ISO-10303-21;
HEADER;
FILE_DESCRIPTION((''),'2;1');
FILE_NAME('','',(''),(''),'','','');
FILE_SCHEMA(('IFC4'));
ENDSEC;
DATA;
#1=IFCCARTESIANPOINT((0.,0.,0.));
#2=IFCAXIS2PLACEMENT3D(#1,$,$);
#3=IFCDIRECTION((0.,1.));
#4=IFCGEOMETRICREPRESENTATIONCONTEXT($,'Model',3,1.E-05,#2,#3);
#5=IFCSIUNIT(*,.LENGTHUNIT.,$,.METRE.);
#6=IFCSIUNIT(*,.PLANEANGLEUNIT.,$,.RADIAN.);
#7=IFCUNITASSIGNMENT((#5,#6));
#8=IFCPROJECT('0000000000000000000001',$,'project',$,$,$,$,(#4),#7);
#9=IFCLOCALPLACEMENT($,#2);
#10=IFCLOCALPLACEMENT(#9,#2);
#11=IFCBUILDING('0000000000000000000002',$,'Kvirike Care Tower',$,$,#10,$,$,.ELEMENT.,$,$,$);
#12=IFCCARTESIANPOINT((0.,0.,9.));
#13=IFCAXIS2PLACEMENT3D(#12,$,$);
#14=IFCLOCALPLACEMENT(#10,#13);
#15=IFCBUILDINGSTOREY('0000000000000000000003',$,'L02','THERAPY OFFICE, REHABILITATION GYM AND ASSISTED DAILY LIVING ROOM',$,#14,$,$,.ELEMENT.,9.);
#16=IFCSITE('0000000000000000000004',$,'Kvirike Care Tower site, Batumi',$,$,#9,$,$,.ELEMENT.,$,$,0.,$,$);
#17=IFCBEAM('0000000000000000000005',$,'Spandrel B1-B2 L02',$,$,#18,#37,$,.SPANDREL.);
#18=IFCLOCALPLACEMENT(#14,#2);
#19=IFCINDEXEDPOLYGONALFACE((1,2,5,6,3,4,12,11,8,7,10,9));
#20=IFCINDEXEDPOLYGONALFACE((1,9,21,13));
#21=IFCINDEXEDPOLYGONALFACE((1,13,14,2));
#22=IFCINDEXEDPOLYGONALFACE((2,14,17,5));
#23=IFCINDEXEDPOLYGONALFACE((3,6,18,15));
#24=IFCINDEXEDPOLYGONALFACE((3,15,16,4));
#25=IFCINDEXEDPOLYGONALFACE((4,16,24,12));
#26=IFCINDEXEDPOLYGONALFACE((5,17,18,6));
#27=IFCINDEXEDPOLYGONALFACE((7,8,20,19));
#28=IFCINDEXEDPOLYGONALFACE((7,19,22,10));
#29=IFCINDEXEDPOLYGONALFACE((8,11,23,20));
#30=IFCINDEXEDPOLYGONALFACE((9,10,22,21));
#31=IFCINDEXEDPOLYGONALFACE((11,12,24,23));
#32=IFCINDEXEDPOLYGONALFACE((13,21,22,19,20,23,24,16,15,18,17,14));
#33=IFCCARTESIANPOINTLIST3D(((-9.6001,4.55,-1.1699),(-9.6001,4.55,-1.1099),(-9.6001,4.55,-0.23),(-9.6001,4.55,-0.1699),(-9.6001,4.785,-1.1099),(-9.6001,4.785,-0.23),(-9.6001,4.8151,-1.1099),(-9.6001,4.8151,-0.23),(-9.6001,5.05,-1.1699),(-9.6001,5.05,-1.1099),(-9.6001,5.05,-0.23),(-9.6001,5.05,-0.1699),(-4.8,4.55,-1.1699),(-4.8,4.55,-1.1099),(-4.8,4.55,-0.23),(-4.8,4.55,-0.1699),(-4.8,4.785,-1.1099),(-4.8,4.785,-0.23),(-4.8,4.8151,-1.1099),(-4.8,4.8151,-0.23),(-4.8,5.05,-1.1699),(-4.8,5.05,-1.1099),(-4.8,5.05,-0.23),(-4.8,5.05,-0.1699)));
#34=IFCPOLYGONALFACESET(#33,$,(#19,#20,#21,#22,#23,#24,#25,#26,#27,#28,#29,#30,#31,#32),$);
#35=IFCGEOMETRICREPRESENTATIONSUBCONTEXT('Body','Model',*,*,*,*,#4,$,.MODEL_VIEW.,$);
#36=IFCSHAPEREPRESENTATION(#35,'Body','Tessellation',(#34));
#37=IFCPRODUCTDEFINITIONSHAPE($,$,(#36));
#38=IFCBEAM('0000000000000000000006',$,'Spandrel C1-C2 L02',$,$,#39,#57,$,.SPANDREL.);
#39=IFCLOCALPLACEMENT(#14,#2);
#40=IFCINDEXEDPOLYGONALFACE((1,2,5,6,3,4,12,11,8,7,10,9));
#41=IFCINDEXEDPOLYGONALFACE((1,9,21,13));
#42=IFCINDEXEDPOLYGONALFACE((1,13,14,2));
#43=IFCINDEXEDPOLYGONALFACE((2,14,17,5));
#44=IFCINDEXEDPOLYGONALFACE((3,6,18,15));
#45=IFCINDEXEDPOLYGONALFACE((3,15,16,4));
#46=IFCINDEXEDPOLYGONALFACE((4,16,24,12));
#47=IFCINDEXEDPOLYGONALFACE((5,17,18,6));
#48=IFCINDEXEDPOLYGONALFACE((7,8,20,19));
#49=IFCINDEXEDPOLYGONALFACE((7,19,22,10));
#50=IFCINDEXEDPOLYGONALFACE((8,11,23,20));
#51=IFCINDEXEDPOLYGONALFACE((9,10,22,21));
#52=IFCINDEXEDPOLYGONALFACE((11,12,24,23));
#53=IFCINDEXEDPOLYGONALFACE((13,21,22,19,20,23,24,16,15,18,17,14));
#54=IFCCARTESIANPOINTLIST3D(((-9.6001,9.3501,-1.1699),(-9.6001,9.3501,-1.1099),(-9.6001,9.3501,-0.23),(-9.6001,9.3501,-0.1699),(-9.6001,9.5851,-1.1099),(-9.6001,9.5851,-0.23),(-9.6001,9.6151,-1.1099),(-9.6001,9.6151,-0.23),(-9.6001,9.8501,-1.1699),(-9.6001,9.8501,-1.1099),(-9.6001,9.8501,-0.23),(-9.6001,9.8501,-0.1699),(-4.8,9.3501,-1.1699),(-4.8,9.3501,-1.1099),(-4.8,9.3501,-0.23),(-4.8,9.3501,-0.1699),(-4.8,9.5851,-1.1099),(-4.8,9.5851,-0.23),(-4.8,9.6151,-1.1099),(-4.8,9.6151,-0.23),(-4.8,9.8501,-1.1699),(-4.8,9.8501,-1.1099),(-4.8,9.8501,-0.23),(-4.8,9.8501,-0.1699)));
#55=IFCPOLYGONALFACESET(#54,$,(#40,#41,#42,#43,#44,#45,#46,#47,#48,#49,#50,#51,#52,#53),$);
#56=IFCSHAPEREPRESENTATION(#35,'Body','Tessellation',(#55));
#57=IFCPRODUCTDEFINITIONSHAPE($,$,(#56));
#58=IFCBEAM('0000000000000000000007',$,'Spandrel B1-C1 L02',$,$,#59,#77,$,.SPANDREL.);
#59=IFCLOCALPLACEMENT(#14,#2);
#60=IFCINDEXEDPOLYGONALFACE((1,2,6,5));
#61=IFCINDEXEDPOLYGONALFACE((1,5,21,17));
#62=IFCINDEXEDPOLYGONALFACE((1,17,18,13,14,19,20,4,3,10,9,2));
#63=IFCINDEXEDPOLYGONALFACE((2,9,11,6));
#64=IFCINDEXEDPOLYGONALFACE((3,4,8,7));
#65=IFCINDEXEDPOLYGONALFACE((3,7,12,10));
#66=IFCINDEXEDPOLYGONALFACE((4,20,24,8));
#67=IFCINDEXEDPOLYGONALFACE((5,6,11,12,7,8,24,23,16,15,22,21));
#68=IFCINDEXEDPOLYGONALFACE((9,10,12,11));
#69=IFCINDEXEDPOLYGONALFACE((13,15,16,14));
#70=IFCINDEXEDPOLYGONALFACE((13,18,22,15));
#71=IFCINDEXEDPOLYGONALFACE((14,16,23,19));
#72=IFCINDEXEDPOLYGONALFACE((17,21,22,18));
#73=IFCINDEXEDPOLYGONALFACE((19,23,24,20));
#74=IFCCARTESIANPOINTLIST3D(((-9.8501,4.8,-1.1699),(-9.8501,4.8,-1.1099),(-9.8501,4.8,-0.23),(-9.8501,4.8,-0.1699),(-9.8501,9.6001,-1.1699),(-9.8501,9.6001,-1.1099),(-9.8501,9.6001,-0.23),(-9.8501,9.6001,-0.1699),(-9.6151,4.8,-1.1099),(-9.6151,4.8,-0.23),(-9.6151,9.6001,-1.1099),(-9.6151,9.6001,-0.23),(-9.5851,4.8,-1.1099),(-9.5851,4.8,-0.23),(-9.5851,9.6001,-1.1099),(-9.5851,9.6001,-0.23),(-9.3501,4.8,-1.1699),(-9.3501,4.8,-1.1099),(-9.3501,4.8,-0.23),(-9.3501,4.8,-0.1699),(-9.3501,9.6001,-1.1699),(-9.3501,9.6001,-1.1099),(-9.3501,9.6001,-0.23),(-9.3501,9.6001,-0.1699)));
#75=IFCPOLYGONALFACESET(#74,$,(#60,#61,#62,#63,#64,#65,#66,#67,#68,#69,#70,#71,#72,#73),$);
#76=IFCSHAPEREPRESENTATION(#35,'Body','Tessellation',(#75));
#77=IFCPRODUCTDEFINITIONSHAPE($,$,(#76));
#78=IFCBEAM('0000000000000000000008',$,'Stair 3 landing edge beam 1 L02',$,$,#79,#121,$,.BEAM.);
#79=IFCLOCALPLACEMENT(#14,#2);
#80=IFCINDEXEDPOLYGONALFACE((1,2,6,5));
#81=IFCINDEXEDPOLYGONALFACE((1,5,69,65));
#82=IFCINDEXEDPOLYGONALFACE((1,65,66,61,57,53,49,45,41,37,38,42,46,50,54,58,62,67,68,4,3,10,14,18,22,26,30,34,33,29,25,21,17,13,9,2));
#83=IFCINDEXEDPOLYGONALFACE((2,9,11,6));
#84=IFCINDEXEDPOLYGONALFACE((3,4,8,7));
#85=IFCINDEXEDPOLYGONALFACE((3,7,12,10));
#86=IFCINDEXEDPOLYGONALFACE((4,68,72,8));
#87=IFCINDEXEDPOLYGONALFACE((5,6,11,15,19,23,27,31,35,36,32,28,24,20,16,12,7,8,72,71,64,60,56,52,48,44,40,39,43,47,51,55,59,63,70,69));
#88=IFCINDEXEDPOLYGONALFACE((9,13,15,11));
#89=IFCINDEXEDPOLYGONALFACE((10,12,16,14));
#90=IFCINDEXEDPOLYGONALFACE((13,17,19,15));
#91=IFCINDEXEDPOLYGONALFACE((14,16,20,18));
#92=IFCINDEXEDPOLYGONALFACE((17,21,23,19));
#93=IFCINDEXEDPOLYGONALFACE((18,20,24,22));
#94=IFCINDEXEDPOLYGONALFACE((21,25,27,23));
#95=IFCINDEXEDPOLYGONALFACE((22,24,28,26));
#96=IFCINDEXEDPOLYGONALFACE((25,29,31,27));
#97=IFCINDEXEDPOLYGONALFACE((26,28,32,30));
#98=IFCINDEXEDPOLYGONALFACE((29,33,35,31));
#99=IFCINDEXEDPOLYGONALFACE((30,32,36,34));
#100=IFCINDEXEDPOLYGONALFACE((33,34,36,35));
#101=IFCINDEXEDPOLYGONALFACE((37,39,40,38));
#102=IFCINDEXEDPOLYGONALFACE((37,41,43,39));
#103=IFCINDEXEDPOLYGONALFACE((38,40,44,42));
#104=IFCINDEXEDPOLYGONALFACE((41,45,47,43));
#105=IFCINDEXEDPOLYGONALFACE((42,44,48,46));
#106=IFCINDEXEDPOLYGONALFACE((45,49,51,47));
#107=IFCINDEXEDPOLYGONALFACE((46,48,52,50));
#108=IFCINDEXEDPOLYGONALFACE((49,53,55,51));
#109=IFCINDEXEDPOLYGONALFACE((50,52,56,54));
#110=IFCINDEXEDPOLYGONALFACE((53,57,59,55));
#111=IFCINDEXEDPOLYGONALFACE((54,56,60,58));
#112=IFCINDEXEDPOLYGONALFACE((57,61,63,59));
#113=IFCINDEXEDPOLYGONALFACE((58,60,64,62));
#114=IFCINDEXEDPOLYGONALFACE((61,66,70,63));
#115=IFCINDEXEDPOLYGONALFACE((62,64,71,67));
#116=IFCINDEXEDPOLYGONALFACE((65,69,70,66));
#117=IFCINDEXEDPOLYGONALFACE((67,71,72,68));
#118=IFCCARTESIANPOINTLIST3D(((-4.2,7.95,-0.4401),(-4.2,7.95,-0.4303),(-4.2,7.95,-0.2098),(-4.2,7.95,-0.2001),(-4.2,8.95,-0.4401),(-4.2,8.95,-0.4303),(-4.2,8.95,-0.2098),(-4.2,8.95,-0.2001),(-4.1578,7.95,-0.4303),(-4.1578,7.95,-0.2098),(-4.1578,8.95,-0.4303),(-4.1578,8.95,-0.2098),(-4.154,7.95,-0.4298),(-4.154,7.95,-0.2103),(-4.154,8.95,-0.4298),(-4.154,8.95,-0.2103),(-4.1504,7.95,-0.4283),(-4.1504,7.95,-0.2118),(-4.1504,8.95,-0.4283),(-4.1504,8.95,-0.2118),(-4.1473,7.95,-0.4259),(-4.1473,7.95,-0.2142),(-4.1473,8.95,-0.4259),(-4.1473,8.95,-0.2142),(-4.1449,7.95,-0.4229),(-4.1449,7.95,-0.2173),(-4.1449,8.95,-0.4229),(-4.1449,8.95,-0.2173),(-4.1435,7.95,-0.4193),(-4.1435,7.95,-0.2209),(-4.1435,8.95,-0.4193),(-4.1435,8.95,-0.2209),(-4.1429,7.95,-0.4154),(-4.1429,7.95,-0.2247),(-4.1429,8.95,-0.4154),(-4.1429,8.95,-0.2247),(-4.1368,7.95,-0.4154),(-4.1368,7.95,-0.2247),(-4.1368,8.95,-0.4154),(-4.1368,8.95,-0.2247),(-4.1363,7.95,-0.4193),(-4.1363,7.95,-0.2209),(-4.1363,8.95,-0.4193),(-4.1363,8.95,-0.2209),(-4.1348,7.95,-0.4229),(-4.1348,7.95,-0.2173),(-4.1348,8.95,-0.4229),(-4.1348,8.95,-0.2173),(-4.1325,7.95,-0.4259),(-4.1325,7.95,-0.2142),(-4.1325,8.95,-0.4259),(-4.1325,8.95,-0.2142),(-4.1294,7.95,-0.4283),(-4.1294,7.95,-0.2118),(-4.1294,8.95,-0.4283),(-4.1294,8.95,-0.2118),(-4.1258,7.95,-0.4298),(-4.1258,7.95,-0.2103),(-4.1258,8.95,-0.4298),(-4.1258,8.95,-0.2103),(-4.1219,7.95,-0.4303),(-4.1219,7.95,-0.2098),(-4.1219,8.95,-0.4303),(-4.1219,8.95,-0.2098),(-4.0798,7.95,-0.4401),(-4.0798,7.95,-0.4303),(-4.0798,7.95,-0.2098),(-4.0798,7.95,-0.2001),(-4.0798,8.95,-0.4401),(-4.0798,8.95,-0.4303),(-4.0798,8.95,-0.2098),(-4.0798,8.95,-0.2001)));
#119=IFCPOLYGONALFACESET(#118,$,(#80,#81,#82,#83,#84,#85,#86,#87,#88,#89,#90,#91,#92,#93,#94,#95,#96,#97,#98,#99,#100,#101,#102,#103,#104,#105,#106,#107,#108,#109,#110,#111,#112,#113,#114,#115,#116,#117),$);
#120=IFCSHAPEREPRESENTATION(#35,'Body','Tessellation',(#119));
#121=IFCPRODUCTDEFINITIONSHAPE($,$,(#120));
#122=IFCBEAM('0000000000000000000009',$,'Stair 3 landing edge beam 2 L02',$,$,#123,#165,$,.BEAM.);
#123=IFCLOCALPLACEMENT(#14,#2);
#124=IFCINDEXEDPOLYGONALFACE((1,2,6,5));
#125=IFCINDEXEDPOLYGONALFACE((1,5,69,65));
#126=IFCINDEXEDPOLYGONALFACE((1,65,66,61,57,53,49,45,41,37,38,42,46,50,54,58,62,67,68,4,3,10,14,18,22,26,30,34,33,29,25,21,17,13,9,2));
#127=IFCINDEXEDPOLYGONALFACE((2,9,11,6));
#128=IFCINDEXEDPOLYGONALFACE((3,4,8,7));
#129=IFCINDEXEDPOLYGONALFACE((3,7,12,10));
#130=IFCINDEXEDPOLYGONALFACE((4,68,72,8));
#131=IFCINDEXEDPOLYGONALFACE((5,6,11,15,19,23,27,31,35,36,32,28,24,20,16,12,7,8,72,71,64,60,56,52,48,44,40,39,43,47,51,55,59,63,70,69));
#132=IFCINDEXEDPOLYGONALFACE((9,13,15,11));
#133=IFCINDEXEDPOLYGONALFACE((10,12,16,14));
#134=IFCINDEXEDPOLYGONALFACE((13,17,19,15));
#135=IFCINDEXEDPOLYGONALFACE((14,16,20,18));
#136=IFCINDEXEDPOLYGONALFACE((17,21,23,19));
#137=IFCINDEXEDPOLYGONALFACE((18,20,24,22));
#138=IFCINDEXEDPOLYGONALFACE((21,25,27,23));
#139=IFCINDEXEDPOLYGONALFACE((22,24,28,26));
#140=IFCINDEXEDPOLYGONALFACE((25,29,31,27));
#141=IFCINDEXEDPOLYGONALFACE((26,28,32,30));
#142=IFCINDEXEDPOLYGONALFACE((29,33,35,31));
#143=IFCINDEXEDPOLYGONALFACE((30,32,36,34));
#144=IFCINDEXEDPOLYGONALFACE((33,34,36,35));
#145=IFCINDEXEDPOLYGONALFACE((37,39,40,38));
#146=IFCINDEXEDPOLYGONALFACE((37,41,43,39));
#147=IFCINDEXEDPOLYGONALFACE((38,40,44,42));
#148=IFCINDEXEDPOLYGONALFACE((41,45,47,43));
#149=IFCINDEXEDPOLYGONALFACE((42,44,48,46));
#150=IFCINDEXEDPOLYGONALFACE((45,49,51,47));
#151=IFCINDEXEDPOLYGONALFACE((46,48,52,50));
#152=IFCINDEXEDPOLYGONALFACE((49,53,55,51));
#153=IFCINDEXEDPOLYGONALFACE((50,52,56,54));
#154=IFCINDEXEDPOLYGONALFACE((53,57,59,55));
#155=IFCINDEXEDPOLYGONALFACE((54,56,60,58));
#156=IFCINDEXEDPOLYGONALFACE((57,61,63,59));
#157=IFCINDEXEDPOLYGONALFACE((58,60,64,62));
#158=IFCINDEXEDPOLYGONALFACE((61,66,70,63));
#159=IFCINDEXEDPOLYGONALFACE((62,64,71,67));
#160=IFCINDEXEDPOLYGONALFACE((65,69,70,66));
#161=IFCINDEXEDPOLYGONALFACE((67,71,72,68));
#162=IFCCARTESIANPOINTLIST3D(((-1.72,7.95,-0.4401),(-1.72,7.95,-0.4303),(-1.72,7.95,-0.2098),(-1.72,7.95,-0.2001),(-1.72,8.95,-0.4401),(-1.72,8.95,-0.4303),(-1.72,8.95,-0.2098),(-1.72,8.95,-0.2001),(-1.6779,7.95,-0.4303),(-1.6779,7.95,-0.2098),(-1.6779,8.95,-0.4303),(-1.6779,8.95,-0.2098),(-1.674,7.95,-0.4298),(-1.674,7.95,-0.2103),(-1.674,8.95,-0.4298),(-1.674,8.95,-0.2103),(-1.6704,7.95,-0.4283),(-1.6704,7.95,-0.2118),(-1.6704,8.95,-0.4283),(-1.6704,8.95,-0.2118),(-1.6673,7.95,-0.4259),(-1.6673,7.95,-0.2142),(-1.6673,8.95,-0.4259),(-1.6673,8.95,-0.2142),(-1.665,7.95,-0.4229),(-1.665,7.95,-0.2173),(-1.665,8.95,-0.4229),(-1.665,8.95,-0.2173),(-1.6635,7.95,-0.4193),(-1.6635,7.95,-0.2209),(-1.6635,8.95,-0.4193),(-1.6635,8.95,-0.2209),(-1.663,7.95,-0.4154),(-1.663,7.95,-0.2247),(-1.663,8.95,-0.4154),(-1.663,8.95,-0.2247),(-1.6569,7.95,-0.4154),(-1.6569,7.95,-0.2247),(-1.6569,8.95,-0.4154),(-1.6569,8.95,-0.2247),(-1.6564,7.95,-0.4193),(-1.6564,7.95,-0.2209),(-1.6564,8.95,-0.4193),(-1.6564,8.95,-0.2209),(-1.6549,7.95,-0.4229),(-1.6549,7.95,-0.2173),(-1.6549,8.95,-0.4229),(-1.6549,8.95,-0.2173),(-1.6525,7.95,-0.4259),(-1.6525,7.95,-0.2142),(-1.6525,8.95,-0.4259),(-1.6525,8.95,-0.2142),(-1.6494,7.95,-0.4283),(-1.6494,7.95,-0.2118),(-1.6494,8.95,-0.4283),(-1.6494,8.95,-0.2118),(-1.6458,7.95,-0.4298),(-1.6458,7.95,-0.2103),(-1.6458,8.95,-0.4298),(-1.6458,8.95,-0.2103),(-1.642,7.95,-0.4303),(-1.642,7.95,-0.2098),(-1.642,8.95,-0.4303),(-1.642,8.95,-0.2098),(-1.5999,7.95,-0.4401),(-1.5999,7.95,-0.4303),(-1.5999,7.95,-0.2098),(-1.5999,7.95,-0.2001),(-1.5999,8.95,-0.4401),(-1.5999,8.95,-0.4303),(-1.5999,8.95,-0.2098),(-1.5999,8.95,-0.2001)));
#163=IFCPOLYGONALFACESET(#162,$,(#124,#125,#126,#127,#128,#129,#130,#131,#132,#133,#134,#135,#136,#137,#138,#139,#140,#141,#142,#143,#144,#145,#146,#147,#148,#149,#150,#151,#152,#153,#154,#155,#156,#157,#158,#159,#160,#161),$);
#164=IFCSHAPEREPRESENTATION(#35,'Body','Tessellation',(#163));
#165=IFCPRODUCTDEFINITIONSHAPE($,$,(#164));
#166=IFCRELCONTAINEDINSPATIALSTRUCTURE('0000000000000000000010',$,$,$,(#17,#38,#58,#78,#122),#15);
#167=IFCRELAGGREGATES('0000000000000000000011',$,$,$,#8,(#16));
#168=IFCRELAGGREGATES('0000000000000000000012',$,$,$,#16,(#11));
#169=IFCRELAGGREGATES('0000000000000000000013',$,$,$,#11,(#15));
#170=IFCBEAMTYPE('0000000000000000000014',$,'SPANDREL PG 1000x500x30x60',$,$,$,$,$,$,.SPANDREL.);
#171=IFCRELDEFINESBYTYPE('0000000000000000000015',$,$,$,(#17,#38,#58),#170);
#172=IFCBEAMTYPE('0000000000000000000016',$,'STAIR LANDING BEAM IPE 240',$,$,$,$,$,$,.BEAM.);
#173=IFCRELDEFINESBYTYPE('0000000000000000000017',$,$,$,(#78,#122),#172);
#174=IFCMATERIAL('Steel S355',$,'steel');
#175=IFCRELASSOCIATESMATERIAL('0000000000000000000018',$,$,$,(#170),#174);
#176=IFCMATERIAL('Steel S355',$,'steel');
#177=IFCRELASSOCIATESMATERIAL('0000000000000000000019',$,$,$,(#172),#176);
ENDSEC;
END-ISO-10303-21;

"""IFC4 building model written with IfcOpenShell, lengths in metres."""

from ifc_helpers import new_model, si_unit, direction, frame, origin, origin_2d, place, context, subcontext, project, spatial, i_section, extrude, material, material_profile, profile_set, type_object, element, save


model = new_model("IFC4")

# Units and contexts
model_context = context("Model", 3, precision=1e-05, world=origin(), true_north=direction((0.0, 1.0)))
body_context = subcontext(model_context, "Body", "Model", "MODEL_VIEW")
ifc_project = project(units=[si_unit("LENGTHUNIT", "METRE"), si_unit("PLANEANGLEUNIT", "RADIAN")], contexts=[model_context])

# Site, building, storey
site_placement = place(None, origin())
site = spatial("IfcSite", under=ifc_project, at=site_placement, Name="Kvirike Care Tower site, Batumi", CompositionType="ELEMENT", RefElevation=0.0)
building_placement = place(site_placement, origin())
building = spatial("IfcBuilding", under=site, at=building_placement, Name="Kvirike Care Tower", CompositionType="ELEMENT")
storey_placement = place(building_placement, frame((0.0, 0.0, 9.0)))
storey = spatial("IfcBuildingStorey", under=building, at=storey_placement, Name="L02", Description="THERAPY OFFICE, REHABILITATION GYM AND ASSISTED DAILY LIVING ROOM", CompositionType="ELEMENT", Elevation=9.0)

# Beams
ifc_material_1 = material(Name="Steel S355", Category="steel")
ifc_material_profile_1 = material_profile(ifc_material_1, i_section(OverallWidth=0.5, OverallDepth=1.0, WebThickness=0.03, FlangeThickness=0.0601, at=origin_2d()), Name="PG 1000x500x30x60")
ifc_profile_set_1 = profile_set([ifc_material_profile_1], Name="Steel S355")
beam_type_1 = type_object("IfcBeamType", Name="SPANDREL PG 1000x500x30x60", PredefinedType="SPANDREL", material=ifc_profile_set_1)
for number, where, z_axis, x_axis, name in (
    (1, (-9.6001, 4.8, -0.6699), (1.0, 0.0, 0.0), (0.0, 1.0, 0.0), "Spandrel B1-B2 L02"),
    (2, (-9.6001, 9.6001, -0.6699), (1.0, 0.0, 0.0), (0.0, 1.0, 0.0), "Spandrel C1-C2 L02"),
    (3, (-9.6001, 4.8, -0.6699), (0.0, 1.0, 0.0), (-1.0, 0.0, 0.0), "Spandrel B1-C1 L02"),
):
    element("IfcBeam", number, at=place(storey_placement, frame(where, z_axis=z_axis, x_axis=x_axis)), inside=storey, type_object=beam_type_1, Name=name, PredefinedType="SPANDREL", context=body_context, shape_type="SweptSolid", body=[
        extrude(i_section(OverallWidth=0.5, OverallDepth=1.0, WebThickness=0.03, FlangeThickness=0.0601, at=origin_2d()), origin(), (0.0, 0.0, 1.0), 4.8),
    ])
ifc_material_2 = material(Name="Steel S355", Category="steel")
ifc_material_profile_2 = material_profile(ifc_material_2, i_section(OverallWidth=0.1201, OverallDepth=0.24, WebThickness=0.0061, FlangeThickness=0.0098, FilletRadius=0.0149, at=origin_2d()), Name="IPE 240")
ifc_profile_set_2 = profile_set([ifc_material_profile_2], Name="Steel S355")
beam_type_2 = type_object("IfcBeamType", Name="STAIR LANDING BEAM IPE 240", PredefinedType="BEAM", material=ifc_profile_set_2)
for number, where, z_axis, x_axis, name in (
    (4, (-4.1399, 8.95, -0.3201), (0.0, -1.0, 0.0), (1.0, 0.0, 0.0), "Stair 3 landing edge beam 1 L02"),
    (5, (-1.6599, 8.95, -0.3201), (0.0, -1.0, 0.0), (1.0, 0.0, 0.0), "Stair 3 landing edge beam 2 L02"),
):
    element("IfcBeam", number, at=place(storey_placement, frame(where, z_axis=z_axis, x_axis=x_axis)), inside=storey, type_object=beam_type_2, Name=name, PredefinedType="BEAM", context=body_context, shape_type="SweptSolid", body=[
        extrude(i_section(OverallWidth=0.1201, OverallDepth=0.24, WebThickness=0.0061, FlangeThickness=0.0098, FilletRadius=0.0149, at=origin_2d()), origin(), (0.0, 0.0, 1.0), 1.0),
    ])

save(model, "model.ifc")
